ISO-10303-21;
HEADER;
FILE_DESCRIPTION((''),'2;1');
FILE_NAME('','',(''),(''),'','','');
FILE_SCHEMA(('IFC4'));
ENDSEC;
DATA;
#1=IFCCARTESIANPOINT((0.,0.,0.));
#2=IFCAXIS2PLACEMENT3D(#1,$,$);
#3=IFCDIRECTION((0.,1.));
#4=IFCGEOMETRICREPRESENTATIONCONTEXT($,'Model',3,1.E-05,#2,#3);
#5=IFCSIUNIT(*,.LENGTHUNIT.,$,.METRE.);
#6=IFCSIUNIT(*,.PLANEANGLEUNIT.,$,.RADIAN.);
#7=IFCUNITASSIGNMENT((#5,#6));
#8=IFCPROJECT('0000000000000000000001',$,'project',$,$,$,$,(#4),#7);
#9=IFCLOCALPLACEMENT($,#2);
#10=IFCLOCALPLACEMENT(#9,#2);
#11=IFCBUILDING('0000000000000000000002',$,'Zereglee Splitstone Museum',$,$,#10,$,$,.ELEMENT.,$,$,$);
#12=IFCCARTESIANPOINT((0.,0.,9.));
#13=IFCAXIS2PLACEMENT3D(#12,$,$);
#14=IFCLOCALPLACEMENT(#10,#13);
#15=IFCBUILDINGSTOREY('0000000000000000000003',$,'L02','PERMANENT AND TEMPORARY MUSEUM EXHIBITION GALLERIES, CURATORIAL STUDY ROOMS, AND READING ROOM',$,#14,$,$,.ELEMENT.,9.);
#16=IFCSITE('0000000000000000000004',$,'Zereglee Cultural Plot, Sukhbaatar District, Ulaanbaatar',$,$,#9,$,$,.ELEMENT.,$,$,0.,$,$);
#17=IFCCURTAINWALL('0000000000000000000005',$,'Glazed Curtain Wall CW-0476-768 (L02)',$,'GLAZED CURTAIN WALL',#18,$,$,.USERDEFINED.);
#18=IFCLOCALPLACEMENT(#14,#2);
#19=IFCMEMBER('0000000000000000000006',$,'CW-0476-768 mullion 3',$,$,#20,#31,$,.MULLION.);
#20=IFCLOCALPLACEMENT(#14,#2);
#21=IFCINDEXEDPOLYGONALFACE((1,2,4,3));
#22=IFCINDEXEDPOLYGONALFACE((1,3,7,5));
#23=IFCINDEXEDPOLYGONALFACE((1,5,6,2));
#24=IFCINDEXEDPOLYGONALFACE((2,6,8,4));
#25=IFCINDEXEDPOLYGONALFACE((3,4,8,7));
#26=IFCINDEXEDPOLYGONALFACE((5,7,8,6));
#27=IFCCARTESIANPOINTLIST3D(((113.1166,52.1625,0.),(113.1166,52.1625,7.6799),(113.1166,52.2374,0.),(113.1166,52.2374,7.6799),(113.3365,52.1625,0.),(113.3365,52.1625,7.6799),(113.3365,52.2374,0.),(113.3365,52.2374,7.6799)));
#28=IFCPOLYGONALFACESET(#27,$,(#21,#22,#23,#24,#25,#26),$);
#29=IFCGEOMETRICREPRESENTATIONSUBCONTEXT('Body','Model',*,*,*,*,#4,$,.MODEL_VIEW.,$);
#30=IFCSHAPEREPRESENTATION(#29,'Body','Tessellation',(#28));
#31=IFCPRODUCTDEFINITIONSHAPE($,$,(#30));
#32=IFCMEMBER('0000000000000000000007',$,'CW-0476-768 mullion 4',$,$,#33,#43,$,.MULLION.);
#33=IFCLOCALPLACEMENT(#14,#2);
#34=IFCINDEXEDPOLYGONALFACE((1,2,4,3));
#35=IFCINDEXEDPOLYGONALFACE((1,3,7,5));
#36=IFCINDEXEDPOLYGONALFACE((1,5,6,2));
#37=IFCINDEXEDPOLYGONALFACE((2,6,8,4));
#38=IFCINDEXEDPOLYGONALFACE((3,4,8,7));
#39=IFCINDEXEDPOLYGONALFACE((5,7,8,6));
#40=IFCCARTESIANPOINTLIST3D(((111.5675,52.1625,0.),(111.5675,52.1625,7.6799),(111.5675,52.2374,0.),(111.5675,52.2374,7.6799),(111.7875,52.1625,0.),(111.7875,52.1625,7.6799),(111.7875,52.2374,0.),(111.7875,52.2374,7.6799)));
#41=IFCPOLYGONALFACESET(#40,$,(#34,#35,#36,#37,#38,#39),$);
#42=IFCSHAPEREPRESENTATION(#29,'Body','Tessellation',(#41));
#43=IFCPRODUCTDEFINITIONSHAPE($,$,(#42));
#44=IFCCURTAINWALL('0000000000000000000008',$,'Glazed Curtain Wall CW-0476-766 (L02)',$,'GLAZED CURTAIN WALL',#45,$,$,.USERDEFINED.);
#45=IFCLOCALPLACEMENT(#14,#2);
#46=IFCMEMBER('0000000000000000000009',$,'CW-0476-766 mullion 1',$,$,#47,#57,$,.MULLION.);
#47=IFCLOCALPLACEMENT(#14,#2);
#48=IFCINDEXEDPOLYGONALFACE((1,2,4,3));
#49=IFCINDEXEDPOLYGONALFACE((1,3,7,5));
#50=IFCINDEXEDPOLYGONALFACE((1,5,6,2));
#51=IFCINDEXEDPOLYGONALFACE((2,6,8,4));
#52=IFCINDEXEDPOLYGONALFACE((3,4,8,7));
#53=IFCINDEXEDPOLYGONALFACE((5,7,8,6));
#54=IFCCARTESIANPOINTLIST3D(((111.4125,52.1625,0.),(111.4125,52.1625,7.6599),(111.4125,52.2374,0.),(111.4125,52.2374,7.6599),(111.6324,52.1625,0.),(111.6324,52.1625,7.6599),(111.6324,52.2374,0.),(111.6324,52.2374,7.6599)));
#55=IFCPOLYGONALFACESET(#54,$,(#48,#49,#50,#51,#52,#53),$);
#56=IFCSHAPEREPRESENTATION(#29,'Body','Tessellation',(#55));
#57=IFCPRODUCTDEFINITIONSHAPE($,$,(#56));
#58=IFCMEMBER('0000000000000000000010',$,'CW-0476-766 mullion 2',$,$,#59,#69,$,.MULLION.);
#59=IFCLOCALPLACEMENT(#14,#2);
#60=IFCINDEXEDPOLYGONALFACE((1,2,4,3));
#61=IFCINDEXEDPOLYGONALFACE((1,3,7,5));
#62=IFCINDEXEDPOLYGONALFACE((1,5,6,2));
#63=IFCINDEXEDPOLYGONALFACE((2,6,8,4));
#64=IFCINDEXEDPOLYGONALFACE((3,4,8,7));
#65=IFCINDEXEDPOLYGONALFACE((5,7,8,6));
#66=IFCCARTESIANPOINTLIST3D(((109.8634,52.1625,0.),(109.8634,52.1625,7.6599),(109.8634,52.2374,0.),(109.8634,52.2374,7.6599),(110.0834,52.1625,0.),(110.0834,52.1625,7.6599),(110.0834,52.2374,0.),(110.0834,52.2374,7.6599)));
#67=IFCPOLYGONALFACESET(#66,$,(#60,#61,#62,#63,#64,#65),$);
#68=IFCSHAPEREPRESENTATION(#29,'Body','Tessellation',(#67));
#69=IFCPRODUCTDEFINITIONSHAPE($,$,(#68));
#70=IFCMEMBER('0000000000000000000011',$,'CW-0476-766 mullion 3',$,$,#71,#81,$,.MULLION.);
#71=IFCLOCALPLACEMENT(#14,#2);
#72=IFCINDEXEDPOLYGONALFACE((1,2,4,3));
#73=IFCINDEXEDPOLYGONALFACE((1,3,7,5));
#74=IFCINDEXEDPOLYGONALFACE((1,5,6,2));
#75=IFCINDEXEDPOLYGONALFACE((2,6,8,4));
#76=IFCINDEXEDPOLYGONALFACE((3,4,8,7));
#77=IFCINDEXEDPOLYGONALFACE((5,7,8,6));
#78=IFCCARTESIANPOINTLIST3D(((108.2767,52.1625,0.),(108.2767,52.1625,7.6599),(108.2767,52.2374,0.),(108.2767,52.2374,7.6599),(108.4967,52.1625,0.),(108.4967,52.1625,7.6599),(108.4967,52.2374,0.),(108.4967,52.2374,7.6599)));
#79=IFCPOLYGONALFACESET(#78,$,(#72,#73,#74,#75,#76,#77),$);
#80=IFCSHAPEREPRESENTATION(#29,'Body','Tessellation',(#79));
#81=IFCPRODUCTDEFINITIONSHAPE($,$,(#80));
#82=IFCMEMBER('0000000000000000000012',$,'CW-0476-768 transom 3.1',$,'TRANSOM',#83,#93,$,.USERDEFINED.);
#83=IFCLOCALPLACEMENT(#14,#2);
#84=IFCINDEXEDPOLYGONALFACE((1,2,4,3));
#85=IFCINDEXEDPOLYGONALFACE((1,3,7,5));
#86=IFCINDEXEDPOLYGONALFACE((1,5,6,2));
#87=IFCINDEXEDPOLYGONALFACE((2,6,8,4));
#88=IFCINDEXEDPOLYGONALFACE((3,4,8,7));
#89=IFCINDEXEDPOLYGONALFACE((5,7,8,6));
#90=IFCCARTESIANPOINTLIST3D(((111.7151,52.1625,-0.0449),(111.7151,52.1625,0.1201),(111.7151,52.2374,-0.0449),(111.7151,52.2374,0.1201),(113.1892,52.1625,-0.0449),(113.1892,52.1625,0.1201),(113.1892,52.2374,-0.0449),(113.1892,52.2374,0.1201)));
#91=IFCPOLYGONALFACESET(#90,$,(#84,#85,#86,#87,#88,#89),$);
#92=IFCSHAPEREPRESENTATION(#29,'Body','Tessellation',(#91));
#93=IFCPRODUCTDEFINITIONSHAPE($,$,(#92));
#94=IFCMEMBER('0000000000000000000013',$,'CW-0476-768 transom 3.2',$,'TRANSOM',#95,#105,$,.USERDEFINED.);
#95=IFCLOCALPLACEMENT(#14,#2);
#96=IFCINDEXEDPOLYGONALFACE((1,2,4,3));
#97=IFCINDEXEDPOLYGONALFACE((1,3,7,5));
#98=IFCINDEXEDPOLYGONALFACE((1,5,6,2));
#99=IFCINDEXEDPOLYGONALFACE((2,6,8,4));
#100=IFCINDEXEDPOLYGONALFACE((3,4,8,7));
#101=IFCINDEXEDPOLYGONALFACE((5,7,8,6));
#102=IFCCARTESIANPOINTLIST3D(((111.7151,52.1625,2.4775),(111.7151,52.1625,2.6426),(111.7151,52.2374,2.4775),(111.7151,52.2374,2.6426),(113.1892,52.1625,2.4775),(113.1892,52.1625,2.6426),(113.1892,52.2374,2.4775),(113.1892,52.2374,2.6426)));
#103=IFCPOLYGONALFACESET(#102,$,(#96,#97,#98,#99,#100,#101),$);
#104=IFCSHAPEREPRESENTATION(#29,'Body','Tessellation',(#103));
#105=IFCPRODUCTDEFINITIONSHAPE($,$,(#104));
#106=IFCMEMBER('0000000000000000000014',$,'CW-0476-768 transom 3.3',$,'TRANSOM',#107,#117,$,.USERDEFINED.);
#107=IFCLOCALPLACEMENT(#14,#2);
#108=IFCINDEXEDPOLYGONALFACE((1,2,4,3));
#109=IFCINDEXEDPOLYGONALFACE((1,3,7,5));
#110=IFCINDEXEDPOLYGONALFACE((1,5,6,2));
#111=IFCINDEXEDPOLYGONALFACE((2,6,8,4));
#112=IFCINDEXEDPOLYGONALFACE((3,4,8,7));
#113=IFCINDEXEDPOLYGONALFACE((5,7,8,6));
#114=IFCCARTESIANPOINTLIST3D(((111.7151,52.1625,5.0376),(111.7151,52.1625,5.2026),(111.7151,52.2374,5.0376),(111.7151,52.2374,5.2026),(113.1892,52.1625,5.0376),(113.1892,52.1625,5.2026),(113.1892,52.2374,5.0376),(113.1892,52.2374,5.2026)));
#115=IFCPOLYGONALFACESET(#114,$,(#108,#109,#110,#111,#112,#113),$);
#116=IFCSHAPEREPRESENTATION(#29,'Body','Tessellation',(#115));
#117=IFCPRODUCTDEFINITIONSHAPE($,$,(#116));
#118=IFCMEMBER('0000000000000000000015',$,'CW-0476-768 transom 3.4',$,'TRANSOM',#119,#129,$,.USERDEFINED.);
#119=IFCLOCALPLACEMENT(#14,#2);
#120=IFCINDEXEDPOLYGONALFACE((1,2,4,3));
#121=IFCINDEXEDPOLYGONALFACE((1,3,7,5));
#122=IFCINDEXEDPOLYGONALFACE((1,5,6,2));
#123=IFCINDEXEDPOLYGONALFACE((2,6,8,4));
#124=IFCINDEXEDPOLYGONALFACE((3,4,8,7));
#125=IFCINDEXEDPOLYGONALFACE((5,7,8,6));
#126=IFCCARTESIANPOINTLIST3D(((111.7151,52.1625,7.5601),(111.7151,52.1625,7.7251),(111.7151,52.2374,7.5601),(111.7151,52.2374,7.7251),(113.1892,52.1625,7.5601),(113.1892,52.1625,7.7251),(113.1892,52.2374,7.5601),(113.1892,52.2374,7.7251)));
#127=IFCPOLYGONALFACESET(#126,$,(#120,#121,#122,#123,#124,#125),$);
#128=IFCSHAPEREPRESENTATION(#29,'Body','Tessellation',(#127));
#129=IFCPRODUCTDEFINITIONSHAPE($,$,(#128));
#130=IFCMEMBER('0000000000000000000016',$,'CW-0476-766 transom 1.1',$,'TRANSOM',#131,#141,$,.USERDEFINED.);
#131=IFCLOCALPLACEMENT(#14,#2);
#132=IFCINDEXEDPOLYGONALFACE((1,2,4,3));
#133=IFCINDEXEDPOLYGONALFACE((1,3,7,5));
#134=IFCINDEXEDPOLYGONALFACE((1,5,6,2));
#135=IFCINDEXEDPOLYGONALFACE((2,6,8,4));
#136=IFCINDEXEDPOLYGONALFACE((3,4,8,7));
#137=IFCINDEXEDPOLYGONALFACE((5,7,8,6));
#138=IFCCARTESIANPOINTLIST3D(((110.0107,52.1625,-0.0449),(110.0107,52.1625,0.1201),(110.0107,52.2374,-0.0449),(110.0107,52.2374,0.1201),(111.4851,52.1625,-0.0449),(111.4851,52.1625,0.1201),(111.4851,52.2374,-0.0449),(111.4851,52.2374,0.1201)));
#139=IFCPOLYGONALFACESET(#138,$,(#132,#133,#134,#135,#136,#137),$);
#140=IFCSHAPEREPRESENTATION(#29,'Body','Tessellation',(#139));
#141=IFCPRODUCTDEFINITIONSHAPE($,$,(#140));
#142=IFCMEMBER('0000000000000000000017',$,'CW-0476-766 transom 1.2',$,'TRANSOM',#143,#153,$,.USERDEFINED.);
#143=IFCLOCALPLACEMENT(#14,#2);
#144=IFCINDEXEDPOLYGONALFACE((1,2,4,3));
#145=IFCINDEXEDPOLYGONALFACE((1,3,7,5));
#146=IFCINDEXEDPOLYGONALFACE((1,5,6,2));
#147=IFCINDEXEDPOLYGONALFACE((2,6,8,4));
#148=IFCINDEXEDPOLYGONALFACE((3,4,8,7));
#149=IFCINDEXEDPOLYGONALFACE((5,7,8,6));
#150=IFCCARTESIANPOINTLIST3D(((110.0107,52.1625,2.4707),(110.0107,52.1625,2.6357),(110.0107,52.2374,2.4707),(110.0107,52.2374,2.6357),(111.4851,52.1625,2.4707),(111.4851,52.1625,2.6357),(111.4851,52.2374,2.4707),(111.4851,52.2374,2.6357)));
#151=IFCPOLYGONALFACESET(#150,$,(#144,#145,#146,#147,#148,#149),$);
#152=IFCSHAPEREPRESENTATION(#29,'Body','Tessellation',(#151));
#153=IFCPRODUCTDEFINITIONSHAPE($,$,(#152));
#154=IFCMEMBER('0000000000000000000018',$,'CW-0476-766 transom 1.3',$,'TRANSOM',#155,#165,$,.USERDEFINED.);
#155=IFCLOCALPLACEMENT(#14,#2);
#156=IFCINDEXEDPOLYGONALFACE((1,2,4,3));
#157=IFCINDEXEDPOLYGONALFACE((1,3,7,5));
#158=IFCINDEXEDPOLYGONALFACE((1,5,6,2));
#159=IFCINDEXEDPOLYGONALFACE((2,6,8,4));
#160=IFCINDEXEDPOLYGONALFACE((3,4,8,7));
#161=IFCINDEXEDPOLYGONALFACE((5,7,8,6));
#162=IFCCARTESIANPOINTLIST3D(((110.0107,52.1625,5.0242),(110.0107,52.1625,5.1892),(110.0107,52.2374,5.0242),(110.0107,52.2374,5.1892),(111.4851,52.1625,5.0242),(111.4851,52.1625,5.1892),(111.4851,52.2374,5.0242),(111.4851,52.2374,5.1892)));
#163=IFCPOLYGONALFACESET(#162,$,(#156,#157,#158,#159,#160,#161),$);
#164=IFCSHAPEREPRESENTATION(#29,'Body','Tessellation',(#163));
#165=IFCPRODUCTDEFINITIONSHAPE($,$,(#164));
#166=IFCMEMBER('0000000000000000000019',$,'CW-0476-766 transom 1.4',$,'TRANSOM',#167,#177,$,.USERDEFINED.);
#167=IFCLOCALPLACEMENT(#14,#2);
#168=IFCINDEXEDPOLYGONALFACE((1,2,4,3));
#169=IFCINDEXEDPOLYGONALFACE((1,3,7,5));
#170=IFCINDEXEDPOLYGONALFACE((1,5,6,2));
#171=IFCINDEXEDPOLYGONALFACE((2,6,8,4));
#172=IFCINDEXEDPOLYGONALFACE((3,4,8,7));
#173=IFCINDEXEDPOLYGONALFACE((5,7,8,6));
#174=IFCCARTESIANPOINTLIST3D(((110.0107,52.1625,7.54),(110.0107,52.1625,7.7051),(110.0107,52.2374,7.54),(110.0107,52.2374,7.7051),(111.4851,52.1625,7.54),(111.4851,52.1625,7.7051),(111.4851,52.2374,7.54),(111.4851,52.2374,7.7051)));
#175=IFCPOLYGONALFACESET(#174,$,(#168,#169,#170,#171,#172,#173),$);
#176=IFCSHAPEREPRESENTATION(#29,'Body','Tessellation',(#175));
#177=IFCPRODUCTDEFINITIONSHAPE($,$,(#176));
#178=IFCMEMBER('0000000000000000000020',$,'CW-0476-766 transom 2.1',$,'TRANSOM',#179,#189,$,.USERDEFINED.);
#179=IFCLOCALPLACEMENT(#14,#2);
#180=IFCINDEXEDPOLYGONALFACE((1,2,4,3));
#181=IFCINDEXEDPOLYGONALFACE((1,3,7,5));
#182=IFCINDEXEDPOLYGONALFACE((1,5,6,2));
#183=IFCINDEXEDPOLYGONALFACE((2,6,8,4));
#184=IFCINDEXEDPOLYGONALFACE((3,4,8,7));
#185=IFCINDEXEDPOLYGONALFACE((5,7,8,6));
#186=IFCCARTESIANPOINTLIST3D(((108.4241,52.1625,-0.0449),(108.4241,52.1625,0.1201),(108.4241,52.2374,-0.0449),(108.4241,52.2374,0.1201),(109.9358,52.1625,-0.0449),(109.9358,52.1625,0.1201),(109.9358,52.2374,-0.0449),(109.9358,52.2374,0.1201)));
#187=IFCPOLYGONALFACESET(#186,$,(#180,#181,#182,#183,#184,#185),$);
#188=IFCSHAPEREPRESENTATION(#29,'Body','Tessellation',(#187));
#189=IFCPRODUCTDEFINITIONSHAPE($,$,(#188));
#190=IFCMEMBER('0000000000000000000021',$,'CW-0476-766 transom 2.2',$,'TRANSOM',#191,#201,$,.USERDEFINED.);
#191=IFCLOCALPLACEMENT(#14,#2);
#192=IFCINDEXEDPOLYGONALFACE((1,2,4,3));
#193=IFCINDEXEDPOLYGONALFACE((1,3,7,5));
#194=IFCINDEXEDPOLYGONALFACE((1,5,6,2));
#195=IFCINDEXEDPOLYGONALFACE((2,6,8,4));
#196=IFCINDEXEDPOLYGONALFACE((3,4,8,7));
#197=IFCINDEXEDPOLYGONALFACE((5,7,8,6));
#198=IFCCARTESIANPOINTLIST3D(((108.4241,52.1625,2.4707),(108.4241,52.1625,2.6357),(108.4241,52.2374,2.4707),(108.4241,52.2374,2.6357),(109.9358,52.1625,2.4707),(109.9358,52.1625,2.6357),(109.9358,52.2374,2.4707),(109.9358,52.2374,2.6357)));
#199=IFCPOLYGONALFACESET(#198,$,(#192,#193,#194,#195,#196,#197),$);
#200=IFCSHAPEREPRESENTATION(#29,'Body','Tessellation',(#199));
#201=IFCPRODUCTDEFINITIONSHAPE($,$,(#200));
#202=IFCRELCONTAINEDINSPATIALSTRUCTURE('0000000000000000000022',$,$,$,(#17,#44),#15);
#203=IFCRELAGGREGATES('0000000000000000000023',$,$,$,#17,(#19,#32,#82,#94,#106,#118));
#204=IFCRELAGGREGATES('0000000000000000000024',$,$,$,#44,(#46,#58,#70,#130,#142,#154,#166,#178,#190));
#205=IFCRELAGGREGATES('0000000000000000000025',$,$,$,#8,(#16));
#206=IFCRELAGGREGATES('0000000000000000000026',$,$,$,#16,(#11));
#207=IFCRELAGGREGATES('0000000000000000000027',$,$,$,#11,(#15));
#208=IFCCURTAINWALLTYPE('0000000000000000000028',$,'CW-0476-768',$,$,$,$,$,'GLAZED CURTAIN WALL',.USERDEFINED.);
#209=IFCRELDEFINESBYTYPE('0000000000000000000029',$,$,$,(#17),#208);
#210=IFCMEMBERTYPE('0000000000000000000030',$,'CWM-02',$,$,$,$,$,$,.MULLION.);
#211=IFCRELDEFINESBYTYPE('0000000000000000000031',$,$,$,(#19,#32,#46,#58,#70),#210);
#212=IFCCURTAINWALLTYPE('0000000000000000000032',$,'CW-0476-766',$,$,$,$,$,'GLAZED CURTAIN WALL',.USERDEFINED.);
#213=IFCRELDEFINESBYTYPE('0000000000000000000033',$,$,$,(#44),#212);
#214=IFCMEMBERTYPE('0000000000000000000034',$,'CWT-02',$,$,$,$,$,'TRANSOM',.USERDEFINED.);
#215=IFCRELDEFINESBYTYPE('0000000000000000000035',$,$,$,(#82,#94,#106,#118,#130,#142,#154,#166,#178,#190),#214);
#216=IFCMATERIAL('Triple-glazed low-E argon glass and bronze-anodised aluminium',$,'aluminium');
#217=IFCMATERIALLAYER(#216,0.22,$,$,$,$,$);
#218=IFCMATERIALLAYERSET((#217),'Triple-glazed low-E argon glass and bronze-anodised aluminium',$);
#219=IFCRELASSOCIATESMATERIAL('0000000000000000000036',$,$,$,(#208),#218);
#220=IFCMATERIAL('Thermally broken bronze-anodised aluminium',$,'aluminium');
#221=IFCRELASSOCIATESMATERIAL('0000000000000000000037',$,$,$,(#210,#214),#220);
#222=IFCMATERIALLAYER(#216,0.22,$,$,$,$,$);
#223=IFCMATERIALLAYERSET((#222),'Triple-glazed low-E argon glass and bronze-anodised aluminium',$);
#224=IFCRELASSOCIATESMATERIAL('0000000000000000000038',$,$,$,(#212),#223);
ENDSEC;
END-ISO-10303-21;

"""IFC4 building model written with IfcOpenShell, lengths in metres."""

from ifc_helpers import new_model, si_unit, direction, frame, origin, origin_2d, place, context, subcontext, project, spatial, rectangle, extrude, material, layer, layer_set, material_profile, profile_set, type_object, element, aggregate, save


model = new_model("IFC4")

# Units and contexts
model_context = context("Model", 3, precision=1e-05, world=origin(), true_north=direction((0.0, 1.0)))
body_context = subcontext(model_context, "Body", "Model", "MODEL_VIEW")
ifc_project = project(units=[si_unit("LENGTHUNIT", "METRE"), si_unit("PLANEANGLEUNIT", "RADIAN")], contexts=[model_context])

# Site, building, storey
site_placement = place(None, origin())
site = spatial("IfcSite", under=ifc_project, at=site_placement, Name="Zereglee Cultural Plot, Sukhbaatar District, Ulaanbaatar", CompositionType="ELEMENT", RefElevation=0.0)
building_placement = place(site_placement, origin())
building = spatial("IfcBuilding", under=site, at=building_placement, Name="Zereglee Splitstone Museum", CompositionType="ELEMENT")
storey_placement = place(building_placement, frame((0.0, 0.0, 9.0)))
storey = spatial("IfcBuildingStorey", under=building, at=storey_placement, Name="L02", Description="PERMANENT AND TEMPORARY MUSEUM EXHIBITION GALLERIES, CURATORIAL STUDY ROOMS, AND READING ROOM", CompositionType="ELEMENT", Elevation=9.0)

# Curtain walls, members
ifc_material_1 = material(Name="Triple-glazed low-E argon glass and bronze-anodised aluminium", Category="aluminium")
ifc_layer_1 = layer(ifc_material_1, 0.22)
ifc_layer_set_1 = layer_set([ifc_layer_1], Name="Triple-glazed low-E argon glass and bronze-anodised aluminium")
curtain_wall_type_1 = type_object("IfcCurtainWallType", Name="CW-0476-768", ElementType="GLAZED CURTAIN WALL", PredefinedType="USERDEFINED", material=ifc_layer_set_1)
curtain_wall_1_placement = place(storey_placement, origin())
curtain_wall_1 = element("IfcCurtainWall", 1, at=curtain_wall_1_placement, inside=storey, type_object=curtain_wall_type_1, Name="Glazed Curtain Wall CW-0476-768 (L02)", ObjectType="GLAZED CURTAIN WALL", PredefinedType="USERDEFINED")
ifc_material_2 = material(Name="Thermally broken bronze-anodised aluminium", Category="aluminium")
ifc_material_profile_1 = material_profile(ifc_material_2, rectangle(XDim=0.075, YDim=0.22, at=origin_2d()), Name="CW MULL 75x220")
ifc_profile_set_1 = profile_set([ifc_material_profile_1], Name="Thermally broken bronze-anodised aluminium")
member_type_1 = type_object("IfcMemberType", Name="CWM-02", PredefinedType="MULLION", material=ifc_profile_set_1)
member_1_placement = place(storey_placement, frame((113.2266, 52.2, 0.0), z_axis=(0.0, 0.0, 1.0), x_axis=(0.0, -1.0, 0.0)))
member_1 = element("IfcMember", 2, at=member_1_placement, type_object=member_type_1, Name="CW-0476-768 mullion 3", PredefinedType="MULLION", context=body_context, shape_type="SweptSolid", body=[
    extrude(rectangle(XDim=0.075, YDim=0.22, at=origin_2d()), origin(), (0.0, 0.0, 1.0), 7.6799),
])
member_2_placement = place(storey_placement, frame((111.6775, 52.2, 0.0), z_axis=(0.0, 0.0, 1.0), x_axis=(0.0, -1.0, 0.0)))
member_2 = element("IfcMember", 3, at=member_2_placement, type_object=member_type_1, Name="CW-0476-768 mullion 4", PredefinedType="MULLION", context=body_context, shape_type="SweptSolid", body=[
    extrude(rectangle(XDim=0.075, YDim=0.22, at=origin_2d()), origin(), (0.0, 0.0, 1.0), 7.6799),
])
ifc_layer_2 = layer(ifc_material_1, 0.22)
ifc_layer_set_2 = layer_set([ifc_layer_2], Name="Triple-glazed low-E argon glass and bronze-anodised aluminium")
curtain_wall_type_2 = type_object("IfcCurtainWallType", Name="CW-0476-766", ElementType="GLAZED CURTAIN WALL", PredefinedType="USERDEFINED", material=ifc_layer_set_2)
curtain_wall_2_placement = place(storey_placement, origin())
curtain_wall_2 = element("IfcCurtainWall", 4, at=curtain_wall_2_placement, inside=storey, type_object=curtain_wall_type_2, Name="Glazed Curtain Wall CW-0476-766 (L02)", ObjectType="GLAZED CURTAIN WALL", PredefinedType="USERDEFINED")
member_3_placement = place(storey_placement, frame((111.5225, 52.2, 0.0), z_axis=(0.0, 0.0, 1.0), x_axis=(0.0, -1.0, 0.0)))
member_3 = element("IfcMember", 5, at=member_3_placement, type_object=member_type_1, Name="CW-0476-766 mullion 1", PredefinedType="MULLION", context=body_context, shape_type="SweptSolid", body=[
    extrude(rectangle(XDim=0.075, YDim=0.22, at=origin_2d()), origin(), (0.0, 0.0, 1.0), 7.6599),
])
member_4_placement = place(storey_placement, frame((109.9734, 52.2, 0.0), z_axis=(0.0, 0.0, 1.0), x_axis=(0.0, -1.0, 0.0)))
member_4 = element("IfcMember", 6, at=member_4_placement, type_object=member_type_1, Name="CW-0476-766 mullion 2", PredefinedType="MULLION", context=body_context, shape_type="SweptSolid", body=[
    extrude(rectangle(XDim=0.075, YDim=0.22, at=origin_2d()), origin(), (0.0, 0.0, 1.0), 7.6599),
])
member_5_placement = place(storey_placement, frame((108.3867, 52.2, 0.0), z_axis=(0.0, 0.0, 1.0), x_axis=(0.0, -1.0, 0.0)))
member_5 = element("IfcMember", 7, at=member_5_placement, type_object=member_type_1, Name="CW-0476-766 mullion 3", PredefinedType="MULLION", context=body_context, shape_type="SweptSolid", body=[
    extrude(rectangle(XDim=0.075, YDim=0.22, at=origin_2d()), origin(), (0.0, 0.0, 1.0), 7.6599),
])

# Members
ifc_material_profile_2 = material_profile(ifc_material_2, rectangle(XDim=0.075, YDim=0.165, at=origin_2d()), Name="CW TRAN 75x165")
ifc_profile_set_2 = profile_set([ifc_material_profile_2], Name="Thermally broken bronze-anodised aluminium")
member_type_2 = type_object("IfcMemberType", Name="CWT-02", ElementType="TRANSOM", PredefinedType="USERDEFINED", material=ifc_profile_set_2)
member_6_placement = place(storey_placement, frame((113.1892, 52.2, 0.0376), z_axis=(-1.0, 0.0, 0.0), x_axis=(0.0, -1.0, 0.0)))
member_6 = element("IfcMember", 8, at=member_6_placement, type_object=member_type_2, Name="CW-0476-768 transom 3.1", ObjectType="TRANSOM", PredefinedType="USERDEFINED", context=body_context, shape_type="SweptSolid", body=[
    extrude(rectangle(XDim=0.075, YDim=0.165, at=origin_2d()), origin(), (0.0, 0.0, 1.0), 1.4741),
])
member_7_placement = place(storey_placement, frame((113.1892, 52.2, 2.5601), z_axis=(-1.0, 0.0, 0.0), x_axis=(0.0, -1.0, 0.0)))
member_7 = element("IfcMember", 9, at=member_7_placement, type_object=member_type_2, Name="CW-0476-768 transom 3.2", ObjectType="TRANSOM", PredefinedType="USERDEFINED", context=body_context, shape_type="SweptSolid", body=[
    extrude(rectangle(XDim=0.075, YDim=0.165, at=origin_2d()), origin(), (0.0, 0.0, 1.0), 1.4741),
])
member_8_placement = place(storey_placement, frame((113.1892, 52.2, 5.1201), z_axis=(-1.0, 0.0, 0.0), x_axis=(0.0, -1.0, 0.0)))
member_8 = element("IfcMember", 10, at=member_8_placement, type_object=member_type_2, Name="CW-0476-768 transom 3.3", ObjectType="TRANSOM", PredefinedType="USERDEFINED", context=body_context, shape_type="SweptSolid", body=[
    extrude(rectangle(XDim=0.075, YDim=0.165, at=origin_2d()), origin(), (0.0, 0.0, 1.0), 1.4741),
])
member_9_placement = place(storey_placement, frame((113.1892, 52.2, 7.6426), z_axis=(-1.0, 0.0, 0.0), x_axis=(0.0, -1.0, 0.0)))
member_9 = element("IfcMember", 11, at=member_9_placement, type_object=member_type_2, Name="CW-0476-768 transom 3.4", ObjectType="TRANSOM", PredefinedType="USERDEFINED", context=body_context, shape_type="SweptSolid", body=[
    extrude(rectangle(XDim=0.075, YDim=0.165, at=origin_2d()), origin(), (0.0, 0.0, 1.0), 1.4741),
])
member_10_placement = place(storey_placement, frame((111.4851, 52.2, 0.0376), z_axis=(-1.0, 0.0, 0.0), x_axis=(0.0, -1.0, 0.0)))
member_10 = element("IfcMember", 12, at=member_10_placement, type_object=member_type_2, Name="CW-0476-766 transom 1.1", ObjectType="TRANSOM", PredefinedType="USERDEFINED", context=body_context, shape_type="SweptSolid", body=[
    extrude(rectangle(XDim=0.075, YDim=0.165, at=origin_2d()), origin(), (0.0, 0.0, 1.0), 1.4744),
])
member_11_placement = place(storey_placement, frame((111.4851, 52.2, 2.5532), z_axis=(-1.0, 0.0, 0.0), x_axis=(0.0, -1.0, 0.0)))
member_11 = element("IfcMember", 13, at=member_11_placement, type_object=member_type_2, Name="CW-0476-766 transom 1.2", ObjectType="TRANSOM", PredefinedType="USERDEFINED", context=body_context, shape_type="SweptSolid", body=[
    extrude(rectangle(XDim=0.075, YDim=0.165, at=origin_2d()), origin(), (0.0, 0.0, 1.0), 1.4744),
])
member_12_placement = place(storey_placement, frame((111.4851, 52.2, 5.1067), z_axis=(-1.0, 0.0, 0.0), x_axis=(0.0, -1.0, 0.0)))
member_12 = element("IfcMember", 14, at=member_12_placement, type_object=member_type_2, Name="CW-0476-766 transom 1.3", ObjectType="TRANSOM", PredefinedType="USERDEFINED", context=body_context, shape_type="SweptSolid", body=[
    extrude(rectangle(XDim=0.075, YDim=0.165, at=origin_2d()), origin(), (0.0, 0.0, 1.0), 1.4744),
])
member_13_placement = place(storey_placement, frame((111.4851, 52.2, 7.6226), z_axis=(-1.0, 0.0, 0.0), x_axis=(0.0, -1.0, 0.0)))
member_13 = element("IfcMember", 15, at=member_13_placement, type_object=member_type_2, Name="CW-0476-766 transom 1.4", ObjectType="TRANSOM", PredefinedType="USERDEFINED", context=body_context, shape_type="SweptSolid", body=[
    extrude(rectangle(XDim=0.075, YDim=0.165, at=origin_2d()), origin(), (0.0, 0.0, 1.0), 1.4744),
])
member_14_placement = place(storey_placement, frame((109.9358, 52.2, 0.0376), z_axis=(-1.0, 0.0, 0.0), x_axis=(0.0, -1.0, 0.0)))
member_14 = element("IfcMember", 16, at=member_14_placement, type_object=member_type_2, Name="CW-0476-766 transom 2.1", ObjectType="TRANSOM", PredefinedType="USERDEFINED", context=body_context, shape_type="SweptSolid", body=[
    extrude(rectangle(XDim=0.075, YDim=0.165, at=origin_2d()), origin(), (0.0, 0.0, 1.0), 1.5117),
])
member_15_placement = place(storey_placement, frame((109.9358, 52.2, 2.5532), z_axis=(-1.0, 0.0, 0.0), x_axis=(0.0, -1.0, 0.0)))
member_15 = element("IfcMember", 17, at=member_15_placement, type_object=member_type_2, Name="CW-0476-766 transom 2.2", ObjectType="TRANSOM", PredefinedType="USERDEFINED", context=body_context, shape_type="SweptSolid", body=[
    extrude(rectangle(XDim=0.075, YDim=0.165, at=origin_2d()), origin(), (0.0, 0.0, 1.0), 1.5117),
])

aggregate(curtain_wall_1, [member_1, member_2, member_6, member_7, member_8, member_9])
aggregate(curtain_wall_2, [member_3, member_4, member_5, member_10, member_11, member_12, member_13, member_14, member_15])

save(model, "model.ifc")
